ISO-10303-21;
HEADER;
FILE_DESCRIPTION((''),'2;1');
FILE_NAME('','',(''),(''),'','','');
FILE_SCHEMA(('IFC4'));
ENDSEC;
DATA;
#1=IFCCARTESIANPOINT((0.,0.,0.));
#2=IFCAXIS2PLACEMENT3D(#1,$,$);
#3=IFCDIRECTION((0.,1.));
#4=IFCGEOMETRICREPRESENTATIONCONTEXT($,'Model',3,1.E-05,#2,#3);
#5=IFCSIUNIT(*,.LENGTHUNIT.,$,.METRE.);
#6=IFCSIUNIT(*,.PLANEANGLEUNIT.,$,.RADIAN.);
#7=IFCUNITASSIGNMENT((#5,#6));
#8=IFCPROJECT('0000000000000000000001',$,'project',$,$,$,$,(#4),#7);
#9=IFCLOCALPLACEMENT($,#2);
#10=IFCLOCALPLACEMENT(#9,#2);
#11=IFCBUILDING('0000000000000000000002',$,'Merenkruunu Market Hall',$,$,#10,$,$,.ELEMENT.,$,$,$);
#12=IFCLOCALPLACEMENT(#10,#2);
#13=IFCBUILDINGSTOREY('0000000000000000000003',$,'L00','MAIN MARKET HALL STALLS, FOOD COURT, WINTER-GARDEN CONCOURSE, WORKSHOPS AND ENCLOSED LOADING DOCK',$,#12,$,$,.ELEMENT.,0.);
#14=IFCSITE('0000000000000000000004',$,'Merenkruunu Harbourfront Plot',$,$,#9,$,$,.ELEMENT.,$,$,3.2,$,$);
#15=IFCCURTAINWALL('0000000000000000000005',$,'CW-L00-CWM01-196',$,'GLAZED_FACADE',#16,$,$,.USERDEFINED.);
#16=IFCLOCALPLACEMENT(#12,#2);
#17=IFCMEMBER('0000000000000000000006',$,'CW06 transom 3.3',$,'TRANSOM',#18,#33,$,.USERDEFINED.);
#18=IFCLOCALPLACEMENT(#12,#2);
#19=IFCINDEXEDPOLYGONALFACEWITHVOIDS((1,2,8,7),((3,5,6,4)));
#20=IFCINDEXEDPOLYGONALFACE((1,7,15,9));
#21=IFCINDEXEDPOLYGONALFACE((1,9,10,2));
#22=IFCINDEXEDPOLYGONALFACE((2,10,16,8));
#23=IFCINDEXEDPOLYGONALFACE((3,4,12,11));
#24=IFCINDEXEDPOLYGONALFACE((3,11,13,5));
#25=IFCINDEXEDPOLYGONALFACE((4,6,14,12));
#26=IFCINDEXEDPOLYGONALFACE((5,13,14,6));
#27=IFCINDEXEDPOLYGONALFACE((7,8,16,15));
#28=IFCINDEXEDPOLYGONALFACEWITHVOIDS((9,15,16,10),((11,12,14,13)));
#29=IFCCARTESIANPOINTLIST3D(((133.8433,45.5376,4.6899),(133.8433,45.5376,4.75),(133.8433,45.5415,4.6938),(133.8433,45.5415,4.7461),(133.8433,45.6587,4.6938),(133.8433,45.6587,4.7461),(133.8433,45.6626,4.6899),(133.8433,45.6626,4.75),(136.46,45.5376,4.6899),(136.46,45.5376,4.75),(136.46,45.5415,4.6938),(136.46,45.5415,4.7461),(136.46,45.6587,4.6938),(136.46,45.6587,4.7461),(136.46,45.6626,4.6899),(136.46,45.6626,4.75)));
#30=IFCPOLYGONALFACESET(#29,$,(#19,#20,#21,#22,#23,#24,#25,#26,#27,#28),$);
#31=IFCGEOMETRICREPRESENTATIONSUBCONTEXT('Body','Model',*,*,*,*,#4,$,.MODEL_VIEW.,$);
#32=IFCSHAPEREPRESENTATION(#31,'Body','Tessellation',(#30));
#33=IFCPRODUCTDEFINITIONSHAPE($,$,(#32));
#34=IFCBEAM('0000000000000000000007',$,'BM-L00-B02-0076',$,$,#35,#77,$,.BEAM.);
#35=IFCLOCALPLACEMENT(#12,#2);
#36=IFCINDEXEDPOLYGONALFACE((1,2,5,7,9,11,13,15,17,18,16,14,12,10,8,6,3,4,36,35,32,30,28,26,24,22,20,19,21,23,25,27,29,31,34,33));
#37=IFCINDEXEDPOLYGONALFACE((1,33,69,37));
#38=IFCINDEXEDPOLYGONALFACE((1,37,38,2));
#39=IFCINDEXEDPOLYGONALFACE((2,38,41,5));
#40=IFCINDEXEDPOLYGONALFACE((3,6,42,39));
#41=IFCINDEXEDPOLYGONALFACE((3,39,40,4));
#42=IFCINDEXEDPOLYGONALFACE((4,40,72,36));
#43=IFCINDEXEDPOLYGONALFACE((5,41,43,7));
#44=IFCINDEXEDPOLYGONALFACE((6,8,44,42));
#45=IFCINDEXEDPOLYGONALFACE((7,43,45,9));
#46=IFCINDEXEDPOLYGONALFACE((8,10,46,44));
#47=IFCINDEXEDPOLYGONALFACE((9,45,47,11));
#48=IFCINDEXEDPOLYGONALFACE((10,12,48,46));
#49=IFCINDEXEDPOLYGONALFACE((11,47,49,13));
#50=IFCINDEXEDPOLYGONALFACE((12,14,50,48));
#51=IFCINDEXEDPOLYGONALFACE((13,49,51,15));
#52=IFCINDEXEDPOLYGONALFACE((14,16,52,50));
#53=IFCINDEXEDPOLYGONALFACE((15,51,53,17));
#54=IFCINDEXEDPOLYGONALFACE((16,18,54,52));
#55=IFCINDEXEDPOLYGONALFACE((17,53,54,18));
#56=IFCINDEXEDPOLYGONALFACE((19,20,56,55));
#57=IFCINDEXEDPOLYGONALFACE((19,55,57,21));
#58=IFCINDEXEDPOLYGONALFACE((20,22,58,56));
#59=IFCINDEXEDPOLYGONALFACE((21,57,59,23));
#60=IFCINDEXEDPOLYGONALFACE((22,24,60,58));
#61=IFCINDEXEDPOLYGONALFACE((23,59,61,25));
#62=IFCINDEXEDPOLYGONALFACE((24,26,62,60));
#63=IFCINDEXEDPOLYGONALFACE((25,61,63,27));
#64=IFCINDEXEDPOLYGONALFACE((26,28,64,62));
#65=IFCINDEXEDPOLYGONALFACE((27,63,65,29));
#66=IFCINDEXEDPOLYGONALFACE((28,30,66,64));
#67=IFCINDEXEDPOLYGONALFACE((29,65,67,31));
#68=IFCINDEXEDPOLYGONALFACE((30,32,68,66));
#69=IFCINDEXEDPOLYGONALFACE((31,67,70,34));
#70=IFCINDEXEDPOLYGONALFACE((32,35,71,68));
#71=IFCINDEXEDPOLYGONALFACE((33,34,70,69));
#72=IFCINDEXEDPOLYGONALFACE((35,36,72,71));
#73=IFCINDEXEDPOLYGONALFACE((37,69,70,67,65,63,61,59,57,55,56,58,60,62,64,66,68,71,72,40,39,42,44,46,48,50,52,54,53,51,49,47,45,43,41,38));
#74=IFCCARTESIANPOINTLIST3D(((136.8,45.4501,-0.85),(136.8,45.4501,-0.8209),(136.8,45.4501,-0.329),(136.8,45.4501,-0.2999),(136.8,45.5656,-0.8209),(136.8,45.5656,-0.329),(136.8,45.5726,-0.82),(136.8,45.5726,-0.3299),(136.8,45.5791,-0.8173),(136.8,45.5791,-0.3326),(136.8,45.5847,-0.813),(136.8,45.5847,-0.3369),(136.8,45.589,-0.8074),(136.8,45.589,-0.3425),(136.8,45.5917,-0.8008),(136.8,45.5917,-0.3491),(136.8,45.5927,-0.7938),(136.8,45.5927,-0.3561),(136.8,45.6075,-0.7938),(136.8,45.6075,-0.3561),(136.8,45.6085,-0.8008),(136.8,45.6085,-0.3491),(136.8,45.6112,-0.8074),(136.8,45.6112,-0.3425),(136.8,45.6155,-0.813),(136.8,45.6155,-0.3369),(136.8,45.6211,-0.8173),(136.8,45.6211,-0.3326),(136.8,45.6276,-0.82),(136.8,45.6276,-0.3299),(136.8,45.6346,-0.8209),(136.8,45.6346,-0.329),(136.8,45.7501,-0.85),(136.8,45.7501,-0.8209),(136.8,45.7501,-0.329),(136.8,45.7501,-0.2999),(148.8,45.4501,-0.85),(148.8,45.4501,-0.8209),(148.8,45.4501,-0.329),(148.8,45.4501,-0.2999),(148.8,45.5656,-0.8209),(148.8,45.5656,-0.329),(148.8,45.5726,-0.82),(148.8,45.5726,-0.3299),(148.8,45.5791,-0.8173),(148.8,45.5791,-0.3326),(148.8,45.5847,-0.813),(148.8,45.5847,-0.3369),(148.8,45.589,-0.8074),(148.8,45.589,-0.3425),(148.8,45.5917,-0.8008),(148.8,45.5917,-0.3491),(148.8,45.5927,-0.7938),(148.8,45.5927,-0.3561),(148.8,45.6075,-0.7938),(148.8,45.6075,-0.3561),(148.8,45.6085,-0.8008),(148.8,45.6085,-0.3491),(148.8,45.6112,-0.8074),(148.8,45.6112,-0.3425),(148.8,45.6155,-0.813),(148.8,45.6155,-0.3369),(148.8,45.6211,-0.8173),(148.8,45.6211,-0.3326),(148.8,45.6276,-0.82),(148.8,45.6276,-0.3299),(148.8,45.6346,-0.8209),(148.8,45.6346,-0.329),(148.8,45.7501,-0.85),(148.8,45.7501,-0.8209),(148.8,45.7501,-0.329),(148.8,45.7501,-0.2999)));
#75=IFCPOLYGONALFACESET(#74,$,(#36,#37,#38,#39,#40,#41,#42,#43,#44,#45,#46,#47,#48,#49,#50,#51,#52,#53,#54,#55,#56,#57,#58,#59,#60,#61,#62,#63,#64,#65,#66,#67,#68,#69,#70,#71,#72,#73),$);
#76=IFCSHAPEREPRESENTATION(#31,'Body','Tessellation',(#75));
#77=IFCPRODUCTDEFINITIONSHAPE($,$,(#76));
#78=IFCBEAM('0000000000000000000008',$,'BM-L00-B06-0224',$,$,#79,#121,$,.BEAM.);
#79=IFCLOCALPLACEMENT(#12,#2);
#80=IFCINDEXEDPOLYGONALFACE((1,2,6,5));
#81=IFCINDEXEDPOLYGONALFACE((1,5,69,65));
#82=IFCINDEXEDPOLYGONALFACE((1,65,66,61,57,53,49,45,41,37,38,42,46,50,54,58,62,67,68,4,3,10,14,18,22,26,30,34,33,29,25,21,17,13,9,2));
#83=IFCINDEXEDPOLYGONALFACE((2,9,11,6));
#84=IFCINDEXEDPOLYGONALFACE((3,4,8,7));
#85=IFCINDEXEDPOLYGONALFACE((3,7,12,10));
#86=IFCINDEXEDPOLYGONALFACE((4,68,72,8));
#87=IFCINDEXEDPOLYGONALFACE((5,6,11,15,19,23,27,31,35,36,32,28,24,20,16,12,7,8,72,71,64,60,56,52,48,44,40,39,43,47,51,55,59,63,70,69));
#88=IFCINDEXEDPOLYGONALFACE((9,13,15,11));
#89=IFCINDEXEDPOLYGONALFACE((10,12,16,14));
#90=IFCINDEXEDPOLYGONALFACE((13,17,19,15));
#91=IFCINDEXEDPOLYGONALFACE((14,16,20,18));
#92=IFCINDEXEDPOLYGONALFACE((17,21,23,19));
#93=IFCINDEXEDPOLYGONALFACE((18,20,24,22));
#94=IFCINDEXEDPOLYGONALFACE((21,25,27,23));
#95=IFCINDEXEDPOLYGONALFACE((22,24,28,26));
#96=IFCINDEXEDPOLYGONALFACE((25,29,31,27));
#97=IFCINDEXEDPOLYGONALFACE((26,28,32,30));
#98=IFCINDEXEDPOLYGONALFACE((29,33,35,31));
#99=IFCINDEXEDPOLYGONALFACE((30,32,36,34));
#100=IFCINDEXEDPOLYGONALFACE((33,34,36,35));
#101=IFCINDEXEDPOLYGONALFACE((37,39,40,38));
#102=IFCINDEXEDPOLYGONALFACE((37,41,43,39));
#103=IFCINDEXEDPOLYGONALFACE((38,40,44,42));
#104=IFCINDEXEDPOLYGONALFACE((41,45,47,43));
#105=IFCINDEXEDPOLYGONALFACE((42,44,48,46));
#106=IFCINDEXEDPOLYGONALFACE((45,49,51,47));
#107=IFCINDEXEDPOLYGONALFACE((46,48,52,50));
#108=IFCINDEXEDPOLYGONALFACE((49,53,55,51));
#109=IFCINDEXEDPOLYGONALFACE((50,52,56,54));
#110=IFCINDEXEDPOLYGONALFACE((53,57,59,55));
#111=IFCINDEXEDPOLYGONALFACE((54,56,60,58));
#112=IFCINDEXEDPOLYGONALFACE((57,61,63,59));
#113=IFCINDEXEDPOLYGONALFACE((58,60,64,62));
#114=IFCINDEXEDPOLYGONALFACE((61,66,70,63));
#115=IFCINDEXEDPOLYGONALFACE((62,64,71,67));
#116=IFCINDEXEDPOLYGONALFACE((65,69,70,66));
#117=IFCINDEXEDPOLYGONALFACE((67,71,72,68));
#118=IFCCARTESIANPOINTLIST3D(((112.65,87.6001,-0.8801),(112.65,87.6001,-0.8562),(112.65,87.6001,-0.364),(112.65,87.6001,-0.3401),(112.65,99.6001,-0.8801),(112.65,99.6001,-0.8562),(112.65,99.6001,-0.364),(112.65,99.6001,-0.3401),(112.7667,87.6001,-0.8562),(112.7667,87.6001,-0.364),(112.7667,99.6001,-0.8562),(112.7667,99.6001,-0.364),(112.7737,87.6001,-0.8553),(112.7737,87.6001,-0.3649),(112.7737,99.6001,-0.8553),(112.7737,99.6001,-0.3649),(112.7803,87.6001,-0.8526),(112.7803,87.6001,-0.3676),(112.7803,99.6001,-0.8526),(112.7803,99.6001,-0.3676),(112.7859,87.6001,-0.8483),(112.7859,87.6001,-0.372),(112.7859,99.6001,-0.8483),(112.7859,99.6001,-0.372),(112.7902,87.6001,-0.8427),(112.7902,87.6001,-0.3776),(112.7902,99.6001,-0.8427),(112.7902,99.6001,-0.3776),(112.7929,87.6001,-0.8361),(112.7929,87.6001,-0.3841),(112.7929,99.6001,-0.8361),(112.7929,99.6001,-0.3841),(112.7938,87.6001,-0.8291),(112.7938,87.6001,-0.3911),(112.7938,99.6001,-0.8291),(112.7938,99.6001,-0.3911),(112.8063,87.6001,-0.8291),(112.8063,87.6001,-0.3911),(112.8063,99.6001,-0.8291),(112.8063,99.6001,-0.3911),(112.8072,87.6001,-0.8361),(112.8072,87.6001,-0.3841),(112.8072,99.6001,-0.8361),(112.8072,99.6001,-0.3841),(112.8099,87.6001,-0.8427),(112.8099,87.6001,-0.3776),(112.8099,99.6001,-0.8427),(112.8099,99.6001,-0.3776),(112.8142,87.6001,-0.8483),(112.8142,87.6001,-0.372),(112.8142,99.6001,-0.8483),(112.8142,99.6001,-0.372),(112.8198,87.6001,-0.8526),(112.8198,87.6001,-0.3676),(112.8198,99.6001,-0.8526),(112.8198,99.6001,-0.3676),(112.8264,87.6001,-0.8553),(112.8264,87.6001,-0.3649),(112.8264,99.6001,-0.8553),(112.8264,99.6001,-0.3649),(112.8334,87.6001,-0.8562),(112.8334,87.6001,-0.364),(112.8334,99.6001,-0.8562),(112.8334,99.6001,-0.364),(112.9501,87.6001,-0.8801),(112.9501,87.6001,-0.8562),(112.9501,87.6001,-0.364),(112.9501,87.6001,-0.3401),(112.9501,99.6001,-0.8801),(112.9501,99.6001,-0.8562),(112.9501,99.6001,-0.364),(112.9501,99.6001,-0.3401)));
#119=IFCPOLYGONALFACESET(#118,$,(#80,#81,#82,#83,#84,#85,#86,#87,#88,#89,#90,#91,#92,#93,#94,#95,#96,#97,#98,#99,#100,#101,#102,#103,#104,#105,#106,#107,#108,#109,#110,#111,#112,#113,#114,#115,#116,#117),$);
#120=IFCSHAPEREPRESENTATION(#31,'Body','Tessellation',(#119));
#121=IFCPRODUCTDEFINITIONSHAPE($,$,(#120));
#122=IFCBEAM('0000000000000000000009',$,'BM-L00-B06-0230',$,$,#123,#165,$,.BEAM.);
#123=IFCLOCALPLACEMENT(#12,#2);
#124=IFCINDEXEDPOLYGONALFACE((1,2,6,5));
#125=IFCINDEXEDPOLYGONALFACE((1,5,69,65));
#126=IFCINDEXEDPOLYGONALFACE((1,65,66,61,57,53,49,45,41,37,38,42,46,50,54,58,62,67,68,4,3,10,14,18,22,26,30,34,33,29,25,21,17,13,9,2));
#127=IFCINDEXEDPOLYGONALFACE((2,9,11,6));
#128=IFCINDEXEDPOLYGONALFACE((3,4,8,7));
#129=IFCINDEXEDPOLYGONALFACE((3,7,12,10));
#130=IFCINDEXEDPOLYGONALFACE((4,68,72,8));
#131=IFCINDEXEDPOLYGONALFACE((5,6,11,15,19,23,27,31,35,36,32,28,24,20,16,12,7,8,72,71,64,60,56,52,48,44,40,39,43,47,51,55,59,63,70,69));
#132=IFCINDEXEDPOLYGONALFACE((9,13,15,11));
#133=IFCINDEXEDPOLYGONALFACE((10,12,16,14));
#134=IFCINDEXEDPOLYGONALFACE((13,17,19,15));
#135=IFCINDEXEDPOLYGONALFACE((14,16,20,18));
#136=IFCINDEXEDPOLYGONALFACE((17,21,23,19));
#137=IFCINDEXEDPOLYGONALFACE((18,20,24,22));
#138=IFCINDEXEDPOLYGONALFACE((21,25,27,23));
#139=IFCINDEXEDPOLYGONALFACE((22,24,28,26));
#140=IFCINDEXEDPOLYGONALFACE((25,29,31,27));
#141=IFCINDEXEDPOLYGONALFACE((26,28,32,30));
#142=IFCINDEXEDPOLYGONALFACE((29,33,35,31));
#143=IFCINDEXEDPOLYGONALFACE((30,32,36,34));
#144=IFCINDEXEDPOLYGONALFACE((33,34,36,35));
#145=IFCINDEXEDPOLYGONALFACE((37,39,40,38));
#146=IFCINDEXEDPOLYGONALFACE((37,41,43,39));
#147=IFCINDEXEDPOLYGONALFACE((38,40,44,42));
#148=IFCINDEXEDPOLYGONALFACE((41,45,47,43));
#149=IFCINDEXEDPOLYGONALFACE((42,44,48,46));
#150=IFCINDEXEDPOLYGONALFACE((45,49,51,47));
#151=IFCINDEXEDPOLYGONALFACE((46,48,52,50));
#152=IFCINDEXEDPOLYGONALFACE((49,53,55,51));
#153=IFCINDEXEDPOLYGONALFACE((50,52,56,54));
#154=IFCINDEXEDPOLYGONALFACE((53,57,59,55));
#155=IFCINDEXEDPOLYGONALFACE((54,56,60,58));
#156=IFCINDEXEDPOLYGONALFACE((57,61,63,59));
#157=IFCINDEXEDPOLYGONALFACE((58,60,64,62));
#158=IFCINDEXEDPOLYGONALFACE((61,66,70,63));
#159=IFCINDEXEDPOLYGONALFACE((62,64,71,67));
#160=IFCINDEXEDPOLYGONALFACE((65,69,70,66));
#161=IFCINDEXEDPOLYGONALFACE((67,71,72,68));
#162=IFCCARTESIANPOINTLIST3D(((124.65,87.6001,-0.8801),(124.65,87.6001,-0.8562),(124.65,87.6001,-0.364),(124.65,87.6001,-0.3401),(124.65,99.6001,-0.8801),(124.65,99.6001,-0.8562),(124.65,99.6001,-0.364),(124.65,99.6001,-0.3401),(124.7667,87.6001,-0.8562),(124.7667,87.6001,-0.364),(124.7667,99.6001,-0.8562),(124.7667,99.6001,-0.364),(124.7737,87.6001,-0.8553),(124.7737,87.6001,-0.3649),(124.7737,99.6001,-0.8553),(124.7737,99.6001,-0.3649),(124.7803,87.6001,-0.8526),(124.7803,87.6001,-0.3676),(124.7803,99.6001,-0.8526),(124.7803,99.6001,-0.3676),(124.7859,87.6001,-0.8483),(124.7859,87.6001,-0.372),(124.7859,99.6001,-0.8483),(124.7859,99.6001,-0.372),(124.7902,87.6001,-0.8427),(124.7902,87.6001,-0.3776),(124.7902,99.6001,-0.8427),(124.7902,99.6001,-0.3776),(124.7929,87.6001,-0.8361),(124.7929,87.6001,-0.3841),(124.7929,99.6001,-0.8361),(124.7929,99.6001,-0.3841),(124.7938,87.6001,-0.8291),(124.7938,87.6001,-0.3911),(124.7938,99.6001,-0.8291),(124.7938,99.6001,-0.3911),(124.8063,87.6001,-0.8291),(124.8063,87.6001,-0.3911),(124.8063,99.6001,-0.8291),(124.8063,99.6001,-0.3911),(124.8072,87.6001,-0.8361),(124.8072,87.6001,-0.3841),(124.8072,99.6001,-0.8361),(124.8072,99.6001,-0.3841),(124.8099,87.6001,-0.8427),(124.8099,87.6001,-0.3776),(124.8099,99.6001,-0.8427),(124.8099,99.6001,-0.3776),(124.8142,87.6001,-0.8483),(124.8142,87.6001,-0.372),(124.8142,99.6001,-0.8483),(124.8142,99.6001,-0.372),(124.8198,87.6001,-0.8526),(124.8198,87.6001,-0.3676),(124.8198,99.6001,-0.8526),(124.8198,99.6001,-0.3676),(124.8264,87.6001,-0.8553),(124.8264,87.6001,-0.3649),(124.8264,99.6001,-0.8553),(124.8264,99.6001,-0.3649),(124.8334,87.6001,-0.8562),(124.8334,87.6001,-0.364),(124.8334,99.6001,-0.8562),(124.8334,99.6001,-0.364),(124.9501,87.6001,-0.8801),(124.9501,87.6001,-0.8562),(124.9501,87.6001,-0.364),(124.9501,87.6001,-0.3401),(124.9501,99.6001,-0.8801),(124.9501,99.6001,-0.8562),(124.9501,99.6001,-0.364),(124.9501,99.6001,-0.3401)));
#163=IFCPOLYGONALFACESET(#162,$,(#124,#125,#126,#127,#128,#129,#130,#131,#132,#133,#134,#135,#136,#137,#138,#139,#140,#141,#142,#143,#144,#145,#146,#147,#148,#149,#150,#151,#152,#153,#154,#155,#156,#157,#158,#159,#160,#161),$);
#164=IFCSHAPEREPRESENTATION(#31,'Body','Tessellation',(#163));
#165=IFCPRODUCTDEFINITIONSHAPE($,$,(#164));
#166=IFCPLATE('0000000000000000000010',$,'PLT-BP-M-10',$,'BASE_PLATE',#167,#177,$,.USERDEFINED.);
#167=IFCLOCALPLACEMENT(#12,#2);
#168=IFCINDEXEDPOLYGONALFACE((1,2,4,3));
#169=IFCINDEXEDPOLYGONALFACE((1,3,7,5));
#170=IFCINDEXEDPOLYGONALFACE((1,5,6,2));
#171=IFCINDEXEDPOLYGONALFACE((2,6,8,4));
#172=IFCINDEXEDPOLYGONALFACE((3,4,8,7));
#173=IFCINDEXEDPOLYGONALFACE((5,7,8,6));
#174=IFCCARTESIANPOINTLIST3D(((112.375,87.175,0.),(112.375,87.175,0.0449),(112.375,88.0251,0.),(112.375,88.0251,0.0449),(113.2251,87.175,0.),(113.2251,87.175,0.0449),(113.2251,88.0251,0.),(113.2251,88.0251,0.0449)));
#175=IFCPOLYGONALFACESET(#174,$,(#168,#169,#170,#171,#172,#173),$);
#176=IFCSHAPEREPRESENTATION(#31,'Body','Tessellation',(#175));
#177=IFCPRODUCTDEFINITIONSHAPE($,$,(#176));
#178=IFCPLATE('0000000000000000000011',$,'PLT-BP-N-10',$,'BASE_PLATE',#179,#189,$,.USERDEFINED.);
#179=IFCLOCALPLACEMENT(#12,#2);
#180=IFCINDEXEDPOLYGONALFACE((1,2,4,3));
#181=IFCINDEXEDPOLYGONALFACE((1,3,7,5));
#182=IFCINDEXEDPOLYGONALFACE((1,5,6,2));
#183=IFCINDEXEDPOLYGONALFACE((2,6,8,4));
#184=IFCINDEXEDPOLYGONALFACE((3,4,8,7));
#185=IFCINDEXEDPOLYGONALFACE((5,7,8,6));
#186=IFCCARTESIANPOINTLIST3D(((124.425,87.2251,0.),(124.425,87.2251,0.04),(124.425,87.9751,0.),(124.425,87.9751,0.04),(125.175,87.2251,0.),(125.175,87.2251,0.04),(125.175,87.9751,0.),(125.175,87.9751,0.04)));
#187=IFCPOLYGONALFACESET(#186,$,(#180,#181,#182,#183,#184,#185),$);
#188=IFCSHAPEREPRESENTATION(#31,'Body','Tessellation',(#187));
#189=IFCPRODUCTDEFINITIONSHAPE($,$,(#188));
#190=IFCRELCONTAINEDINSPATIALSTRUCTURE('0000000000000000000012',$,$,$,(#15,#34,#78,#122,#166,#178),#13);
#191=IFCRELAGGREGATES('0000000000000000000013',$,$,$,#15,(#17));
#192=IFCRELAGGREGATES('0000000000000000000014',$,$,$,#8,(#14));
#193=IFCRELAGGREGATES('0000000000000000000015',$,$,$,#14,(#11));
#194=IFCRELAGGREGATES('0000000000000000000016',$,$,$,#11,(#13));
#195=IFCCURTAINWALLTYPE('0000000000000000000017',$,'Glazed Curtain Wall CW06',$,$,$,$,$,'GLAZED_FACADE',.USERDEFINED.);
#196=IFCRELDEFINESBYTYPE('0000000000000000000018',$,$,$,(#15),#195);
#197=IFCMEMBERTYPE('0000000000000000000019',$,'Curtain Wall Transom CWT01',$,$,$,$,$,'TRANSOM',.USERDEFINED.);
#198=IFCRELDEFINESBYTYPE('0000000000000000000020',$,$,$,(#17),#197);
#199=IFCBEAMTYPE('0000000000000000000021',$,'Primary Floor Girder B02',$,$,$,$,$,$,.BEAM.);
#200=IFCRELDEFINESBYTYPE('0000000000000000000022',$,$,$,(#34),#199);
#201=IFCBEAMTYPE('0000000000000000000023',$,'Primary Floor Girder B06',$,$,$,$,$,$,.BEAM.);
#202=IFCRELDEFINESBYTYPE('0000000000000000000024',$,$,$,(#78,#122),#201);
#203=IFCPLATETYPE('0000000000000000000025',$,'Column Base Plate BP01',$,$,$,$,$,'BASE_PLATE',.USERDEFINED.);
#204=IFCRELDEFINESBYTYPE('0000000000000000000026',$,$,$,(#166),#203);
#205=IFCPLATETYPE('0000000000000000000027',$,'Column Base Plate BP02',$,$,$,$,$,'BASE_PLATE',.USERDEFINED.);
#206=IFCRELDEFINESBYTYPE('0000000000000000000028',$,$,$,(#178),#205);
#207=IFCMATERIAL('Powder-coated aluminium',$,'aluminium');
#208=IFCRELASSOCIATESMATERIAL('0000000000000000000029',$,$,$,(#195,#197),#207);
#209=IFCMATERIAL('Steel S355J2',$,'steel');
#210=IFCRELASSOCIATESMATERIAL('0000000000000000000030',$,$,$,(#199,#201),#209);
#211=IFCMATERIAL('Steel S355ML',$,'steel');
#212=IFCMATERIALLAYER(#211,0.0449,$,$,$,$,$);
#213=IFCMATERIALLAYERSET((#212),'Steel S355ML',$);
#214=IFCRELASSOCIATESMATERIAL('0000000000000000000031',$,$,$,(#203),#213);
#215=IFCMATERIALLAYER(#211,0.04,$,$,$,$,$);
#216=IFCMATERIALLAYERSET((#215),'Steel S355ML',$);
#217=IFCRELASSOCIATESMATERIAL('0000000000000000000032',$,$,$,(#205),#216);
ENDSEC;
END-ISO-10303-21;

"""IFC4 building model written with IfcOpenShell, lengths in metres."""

from ifc_helpers import new_model, si_unit, direction, frame, origin, origin_2d, place, context, subcontext, project, spatial, rectangle, hollow_rectangle, i_section, extrude, material, layer, layer_set, material_profile, profile_set, type_object, element, aggregate, save


model = new_model("IFC4")

# Units and contexts
model_context = context("Model", 3, precision=1e-05, world=origin(), true_north=direction((0.0, 1.0)))
body_context = subcontext(model_context, "Body", "Model", "MODEL_VIEW")
ifc_project = project(units=[si_unit("LENGTHUNIT", "METRE"), si_unit("PLANEANGLEUNIT", "RADIAN")], contexts=[model_context])

# Site, building, storey
site_placement = place(None, origin())
site = spatial("IfcSite", under=ifc_project, at=site_placement, Name="Merenkruunu Harbourfront Plot", CompositionType="ELEMENT", RefElevation=3.2)
building_placement = place(site_placement, origin())
building = spatial("IfcBuilding", under=site, at=building_placement, Name="Merenkruunu Market Hall", CompositionType="ELEMENT")
storey_placement = place(building_placement, origin())
storey = spatial("IfcBuildingStorey", under=building, at=storey_placement, Name="L00", Description="MAIN MARKET HALL STALLS, FOOD COURT, WINTER-GARDEN CONCOURSE, WORKSHOPS AND ENCLOSED LOADING DOCK", CompositionType="ELEMENT", Elevation=0.0)

# Shared definitions
ifc_material_1 = material(Name="Steel S355J2", Category="steel")

# Curtain wall, member
ifc_material_2 = material(Name="Powder-coated aluminium", Category="aluminium")
curtain_wall_type = type_object("IfcCurtainWallType", Name="Glazed Curtain Wall CW06", ElementType="GLAZED_FACADE", PredefinedType="USERDEFINED", material=ifc_material_2)
curtain_wall_placement = place(storey_placement, origin())
curtain_wall = element("IfcCurtainWall", 1, at=curtain_wall_placement, inside=storey, type_object=curtain_wall_type, Name="CW-L00-CWM01-196", ObjectType="GLAZED_FACADE", PredefinedType="USERDEFINED")
ifc_material_profile_1 = material_profile(ifc_material_2, hollow_rectangle(XDim=0.0601, YDim=0.125, WallThickness=0.0039, at=origin_2d()), Name="ALU 60x125x4")
ifc_profile_set_1 = profile_set([ifc_material_profile_1], Name="Powder-coated aluminium")
member_type_1 = type_object("IfcMemberType", Name="Curtain Wall Transom CWT01", ElementType="TRANSOM", PredefinedType="USERDEFINED", material=ifc_profile_set_1)
member_1_placement = place(storey_placement, frame((133.8433, 45.6001, 4.72), z_axis=(1.0, 0.0, 0.0), x_axis=(0.0, 0.0, 1.0)))
member_1 = element("IfcMember", 2, at=member_1_placement, type_object=member_type_1, Name="CW06 transom 3.3", ObjectType="TRANSOM", PredefinedType="USERDEFINED", context=body_context, shape_type="SweptSolid", body=[
    extrude(hollow_rectangle(XDim=0.0601, YDim=0.125, WallThickness=0.0039, at=origin_2d()), origin(), (0.0, 0.0, 1.0), 2.6167),
])

# Beams
ifc_material_profile_2 = material_profile(ifc_material_1, i_section(OverallWidth=0.3, OverallDepth=0.55, WebThickness=0.0149, FlangeThickness=0.0291, FilletRadius=0.0271, at=origin_2d()), Name="HEB 550")
ifc_profile_set_2 = profile_set([ifc_material_profile_2], Name="Steel S355J2")
beam_type_1 = type_object("IfcBeamType", Name="Primary Floor Girder B02", PredefinedType="BEAM", material=ifc_profile_set_2)
beam_placement = place(storey_placement, frame((136.8, 45.6001, -0.575), z_axis=(1.0, 0.0, 0.0), x_axis=(0.0, 1.0, 0.0)))
element("IfcBeam", 3, at=beam_placement, inside=storey, type_object=beam_type_1, Name="BM-L00-B02-0076", PredefinedType="BEAM", context=body_context, shape_type="SweptSolid", body=[
    extrude(i_section(OverallWidth=0.3, OverallDepth=0.55, WebThickness=0.0149, FlangeThickness=0.0291, FilletRadius=0.0271, at=origin_2d()), origin(), (0.0, 0.0, 1.0), 12.0),
])
ifc_material_profile_3 = material_profile(ifc_material_1, i_section(OverallWidth=0.3, OverallDepth=0.54, WebThickness=0.0125, FlangeThickness=0.0239, FilletRadius=0.0271, at=origin_2d()), Name="HEA 550")
ifc_profile_set_3 = profile_set([ifc_material_profile_3], Name="Steel S355J2")
beam_type_2 = type_object("IfcBeamType", Name="Primary Floor Girder B06", PredefinedType="BEAM", material=ifc_profile_set_3)
for number, where, z_axis, x_axis, name in (
    (4, (112.8, 87.6001, -0.6101), (0.0, 1.0, 0.0), (-1.0, 0.0, 0.0), "BM-L00-B06-0224"),
    (5, (124.8, 87.6001, -0.6101), (0.0, 1.0, 0.0), (-1.0, 0.0, 0.0), "BM-L00-B06-0230"),
):
    element("IfcBeam", number, at=place(storey_placement, frame(where, z_axis=z_axis, x_axis=x_axis)), inside=storey, type_object=beam_type_2, Name=name, PredefinedType="BEAM", context=body_context, shape_type="SweptSolid", body=[
        extrude(i_section(OverallWidth=0.3, OverallDepth=0.54, WebThickness=0.0125, FlangeThickness=0.0239, FilletRadius=0.0271, at=origin_2d()), origin(), (0.0, 0.0, 1.0), 12.0),
    ])

# Plates
ifc_material_3 = material(Name="Steel S355ML", Category="steel")
ifc_layer_1 = layer(ifc_material_3, 0.0449)
ifc_layer_set_1 = layer_set([ifc_layer_1], Name="Steel S355ML")
plate_type_1 = type_object("IfcPlateType", Name="Column Base Plate BP01", ElementType="BASE_PLATE", PredefinedType="USERDEFINED", material=ifc_layer_set_1)
plate_1_placement = place(storey_placement, frame((112.8, 87.6001, 0.0), z_axis=(0.0, 0.0, 1.0), x_axis=(1.0, 0.0, 0.0)))
element("IfcPlate", 6, at=plate_1_placement, inside=storey, type_object=plate_type_1, Name="PLT-BP-M-10", ObjectType="BASE_PLATE", PredefinedType="USERDEFINED", context=body_context, shape_type="SweptSolid", body=[
    extrude(rectangle(XDim=0.8501, YDim=0.8501, at=origin_2d()), origin(), (0.0, 0.0, 1.0), 0.0449),
])
ifc_layer_2 = layer(ifc_material_3, 0.04)
ifc_layer_set_2 = layer_set([ifc_layer_2], Name="Steel S355ML")
plate_type_2 = type_object("IfcPlateType", Name="Column Base Plate BP02", ElementType="BASE_PLATE", PredefinedType="USERDEFINED", material=ifc_layer_set_2)
for number, where, z_axis, x_axis, name in (
    (7, (124.8, 87.6001, 0.0), (0.0, 0.0, 1.0), (1.0, 0.0, 0.0), "PLT-BP-N-10"),
):
    element("IfcPlate", number, at=place(storey_placement, frame(where, z_axis=z_axis, x_axis=x_axis)), inside=storey, type_object=plate_type_2, Name=name, ObjectType="BASE_PLATE", PredefinedType="USERDEFINED", context=body_context, shape_type="SweptSolid", body=[
        extrude(rectangle(XDim=0.75, YDim=0.75, at=origin_2d()), origin(), (0.0, 0.0, 1.0), 0.04),
    ])

aggregate(curtain_wall, [member_1])

save(model, "model.ifc")
